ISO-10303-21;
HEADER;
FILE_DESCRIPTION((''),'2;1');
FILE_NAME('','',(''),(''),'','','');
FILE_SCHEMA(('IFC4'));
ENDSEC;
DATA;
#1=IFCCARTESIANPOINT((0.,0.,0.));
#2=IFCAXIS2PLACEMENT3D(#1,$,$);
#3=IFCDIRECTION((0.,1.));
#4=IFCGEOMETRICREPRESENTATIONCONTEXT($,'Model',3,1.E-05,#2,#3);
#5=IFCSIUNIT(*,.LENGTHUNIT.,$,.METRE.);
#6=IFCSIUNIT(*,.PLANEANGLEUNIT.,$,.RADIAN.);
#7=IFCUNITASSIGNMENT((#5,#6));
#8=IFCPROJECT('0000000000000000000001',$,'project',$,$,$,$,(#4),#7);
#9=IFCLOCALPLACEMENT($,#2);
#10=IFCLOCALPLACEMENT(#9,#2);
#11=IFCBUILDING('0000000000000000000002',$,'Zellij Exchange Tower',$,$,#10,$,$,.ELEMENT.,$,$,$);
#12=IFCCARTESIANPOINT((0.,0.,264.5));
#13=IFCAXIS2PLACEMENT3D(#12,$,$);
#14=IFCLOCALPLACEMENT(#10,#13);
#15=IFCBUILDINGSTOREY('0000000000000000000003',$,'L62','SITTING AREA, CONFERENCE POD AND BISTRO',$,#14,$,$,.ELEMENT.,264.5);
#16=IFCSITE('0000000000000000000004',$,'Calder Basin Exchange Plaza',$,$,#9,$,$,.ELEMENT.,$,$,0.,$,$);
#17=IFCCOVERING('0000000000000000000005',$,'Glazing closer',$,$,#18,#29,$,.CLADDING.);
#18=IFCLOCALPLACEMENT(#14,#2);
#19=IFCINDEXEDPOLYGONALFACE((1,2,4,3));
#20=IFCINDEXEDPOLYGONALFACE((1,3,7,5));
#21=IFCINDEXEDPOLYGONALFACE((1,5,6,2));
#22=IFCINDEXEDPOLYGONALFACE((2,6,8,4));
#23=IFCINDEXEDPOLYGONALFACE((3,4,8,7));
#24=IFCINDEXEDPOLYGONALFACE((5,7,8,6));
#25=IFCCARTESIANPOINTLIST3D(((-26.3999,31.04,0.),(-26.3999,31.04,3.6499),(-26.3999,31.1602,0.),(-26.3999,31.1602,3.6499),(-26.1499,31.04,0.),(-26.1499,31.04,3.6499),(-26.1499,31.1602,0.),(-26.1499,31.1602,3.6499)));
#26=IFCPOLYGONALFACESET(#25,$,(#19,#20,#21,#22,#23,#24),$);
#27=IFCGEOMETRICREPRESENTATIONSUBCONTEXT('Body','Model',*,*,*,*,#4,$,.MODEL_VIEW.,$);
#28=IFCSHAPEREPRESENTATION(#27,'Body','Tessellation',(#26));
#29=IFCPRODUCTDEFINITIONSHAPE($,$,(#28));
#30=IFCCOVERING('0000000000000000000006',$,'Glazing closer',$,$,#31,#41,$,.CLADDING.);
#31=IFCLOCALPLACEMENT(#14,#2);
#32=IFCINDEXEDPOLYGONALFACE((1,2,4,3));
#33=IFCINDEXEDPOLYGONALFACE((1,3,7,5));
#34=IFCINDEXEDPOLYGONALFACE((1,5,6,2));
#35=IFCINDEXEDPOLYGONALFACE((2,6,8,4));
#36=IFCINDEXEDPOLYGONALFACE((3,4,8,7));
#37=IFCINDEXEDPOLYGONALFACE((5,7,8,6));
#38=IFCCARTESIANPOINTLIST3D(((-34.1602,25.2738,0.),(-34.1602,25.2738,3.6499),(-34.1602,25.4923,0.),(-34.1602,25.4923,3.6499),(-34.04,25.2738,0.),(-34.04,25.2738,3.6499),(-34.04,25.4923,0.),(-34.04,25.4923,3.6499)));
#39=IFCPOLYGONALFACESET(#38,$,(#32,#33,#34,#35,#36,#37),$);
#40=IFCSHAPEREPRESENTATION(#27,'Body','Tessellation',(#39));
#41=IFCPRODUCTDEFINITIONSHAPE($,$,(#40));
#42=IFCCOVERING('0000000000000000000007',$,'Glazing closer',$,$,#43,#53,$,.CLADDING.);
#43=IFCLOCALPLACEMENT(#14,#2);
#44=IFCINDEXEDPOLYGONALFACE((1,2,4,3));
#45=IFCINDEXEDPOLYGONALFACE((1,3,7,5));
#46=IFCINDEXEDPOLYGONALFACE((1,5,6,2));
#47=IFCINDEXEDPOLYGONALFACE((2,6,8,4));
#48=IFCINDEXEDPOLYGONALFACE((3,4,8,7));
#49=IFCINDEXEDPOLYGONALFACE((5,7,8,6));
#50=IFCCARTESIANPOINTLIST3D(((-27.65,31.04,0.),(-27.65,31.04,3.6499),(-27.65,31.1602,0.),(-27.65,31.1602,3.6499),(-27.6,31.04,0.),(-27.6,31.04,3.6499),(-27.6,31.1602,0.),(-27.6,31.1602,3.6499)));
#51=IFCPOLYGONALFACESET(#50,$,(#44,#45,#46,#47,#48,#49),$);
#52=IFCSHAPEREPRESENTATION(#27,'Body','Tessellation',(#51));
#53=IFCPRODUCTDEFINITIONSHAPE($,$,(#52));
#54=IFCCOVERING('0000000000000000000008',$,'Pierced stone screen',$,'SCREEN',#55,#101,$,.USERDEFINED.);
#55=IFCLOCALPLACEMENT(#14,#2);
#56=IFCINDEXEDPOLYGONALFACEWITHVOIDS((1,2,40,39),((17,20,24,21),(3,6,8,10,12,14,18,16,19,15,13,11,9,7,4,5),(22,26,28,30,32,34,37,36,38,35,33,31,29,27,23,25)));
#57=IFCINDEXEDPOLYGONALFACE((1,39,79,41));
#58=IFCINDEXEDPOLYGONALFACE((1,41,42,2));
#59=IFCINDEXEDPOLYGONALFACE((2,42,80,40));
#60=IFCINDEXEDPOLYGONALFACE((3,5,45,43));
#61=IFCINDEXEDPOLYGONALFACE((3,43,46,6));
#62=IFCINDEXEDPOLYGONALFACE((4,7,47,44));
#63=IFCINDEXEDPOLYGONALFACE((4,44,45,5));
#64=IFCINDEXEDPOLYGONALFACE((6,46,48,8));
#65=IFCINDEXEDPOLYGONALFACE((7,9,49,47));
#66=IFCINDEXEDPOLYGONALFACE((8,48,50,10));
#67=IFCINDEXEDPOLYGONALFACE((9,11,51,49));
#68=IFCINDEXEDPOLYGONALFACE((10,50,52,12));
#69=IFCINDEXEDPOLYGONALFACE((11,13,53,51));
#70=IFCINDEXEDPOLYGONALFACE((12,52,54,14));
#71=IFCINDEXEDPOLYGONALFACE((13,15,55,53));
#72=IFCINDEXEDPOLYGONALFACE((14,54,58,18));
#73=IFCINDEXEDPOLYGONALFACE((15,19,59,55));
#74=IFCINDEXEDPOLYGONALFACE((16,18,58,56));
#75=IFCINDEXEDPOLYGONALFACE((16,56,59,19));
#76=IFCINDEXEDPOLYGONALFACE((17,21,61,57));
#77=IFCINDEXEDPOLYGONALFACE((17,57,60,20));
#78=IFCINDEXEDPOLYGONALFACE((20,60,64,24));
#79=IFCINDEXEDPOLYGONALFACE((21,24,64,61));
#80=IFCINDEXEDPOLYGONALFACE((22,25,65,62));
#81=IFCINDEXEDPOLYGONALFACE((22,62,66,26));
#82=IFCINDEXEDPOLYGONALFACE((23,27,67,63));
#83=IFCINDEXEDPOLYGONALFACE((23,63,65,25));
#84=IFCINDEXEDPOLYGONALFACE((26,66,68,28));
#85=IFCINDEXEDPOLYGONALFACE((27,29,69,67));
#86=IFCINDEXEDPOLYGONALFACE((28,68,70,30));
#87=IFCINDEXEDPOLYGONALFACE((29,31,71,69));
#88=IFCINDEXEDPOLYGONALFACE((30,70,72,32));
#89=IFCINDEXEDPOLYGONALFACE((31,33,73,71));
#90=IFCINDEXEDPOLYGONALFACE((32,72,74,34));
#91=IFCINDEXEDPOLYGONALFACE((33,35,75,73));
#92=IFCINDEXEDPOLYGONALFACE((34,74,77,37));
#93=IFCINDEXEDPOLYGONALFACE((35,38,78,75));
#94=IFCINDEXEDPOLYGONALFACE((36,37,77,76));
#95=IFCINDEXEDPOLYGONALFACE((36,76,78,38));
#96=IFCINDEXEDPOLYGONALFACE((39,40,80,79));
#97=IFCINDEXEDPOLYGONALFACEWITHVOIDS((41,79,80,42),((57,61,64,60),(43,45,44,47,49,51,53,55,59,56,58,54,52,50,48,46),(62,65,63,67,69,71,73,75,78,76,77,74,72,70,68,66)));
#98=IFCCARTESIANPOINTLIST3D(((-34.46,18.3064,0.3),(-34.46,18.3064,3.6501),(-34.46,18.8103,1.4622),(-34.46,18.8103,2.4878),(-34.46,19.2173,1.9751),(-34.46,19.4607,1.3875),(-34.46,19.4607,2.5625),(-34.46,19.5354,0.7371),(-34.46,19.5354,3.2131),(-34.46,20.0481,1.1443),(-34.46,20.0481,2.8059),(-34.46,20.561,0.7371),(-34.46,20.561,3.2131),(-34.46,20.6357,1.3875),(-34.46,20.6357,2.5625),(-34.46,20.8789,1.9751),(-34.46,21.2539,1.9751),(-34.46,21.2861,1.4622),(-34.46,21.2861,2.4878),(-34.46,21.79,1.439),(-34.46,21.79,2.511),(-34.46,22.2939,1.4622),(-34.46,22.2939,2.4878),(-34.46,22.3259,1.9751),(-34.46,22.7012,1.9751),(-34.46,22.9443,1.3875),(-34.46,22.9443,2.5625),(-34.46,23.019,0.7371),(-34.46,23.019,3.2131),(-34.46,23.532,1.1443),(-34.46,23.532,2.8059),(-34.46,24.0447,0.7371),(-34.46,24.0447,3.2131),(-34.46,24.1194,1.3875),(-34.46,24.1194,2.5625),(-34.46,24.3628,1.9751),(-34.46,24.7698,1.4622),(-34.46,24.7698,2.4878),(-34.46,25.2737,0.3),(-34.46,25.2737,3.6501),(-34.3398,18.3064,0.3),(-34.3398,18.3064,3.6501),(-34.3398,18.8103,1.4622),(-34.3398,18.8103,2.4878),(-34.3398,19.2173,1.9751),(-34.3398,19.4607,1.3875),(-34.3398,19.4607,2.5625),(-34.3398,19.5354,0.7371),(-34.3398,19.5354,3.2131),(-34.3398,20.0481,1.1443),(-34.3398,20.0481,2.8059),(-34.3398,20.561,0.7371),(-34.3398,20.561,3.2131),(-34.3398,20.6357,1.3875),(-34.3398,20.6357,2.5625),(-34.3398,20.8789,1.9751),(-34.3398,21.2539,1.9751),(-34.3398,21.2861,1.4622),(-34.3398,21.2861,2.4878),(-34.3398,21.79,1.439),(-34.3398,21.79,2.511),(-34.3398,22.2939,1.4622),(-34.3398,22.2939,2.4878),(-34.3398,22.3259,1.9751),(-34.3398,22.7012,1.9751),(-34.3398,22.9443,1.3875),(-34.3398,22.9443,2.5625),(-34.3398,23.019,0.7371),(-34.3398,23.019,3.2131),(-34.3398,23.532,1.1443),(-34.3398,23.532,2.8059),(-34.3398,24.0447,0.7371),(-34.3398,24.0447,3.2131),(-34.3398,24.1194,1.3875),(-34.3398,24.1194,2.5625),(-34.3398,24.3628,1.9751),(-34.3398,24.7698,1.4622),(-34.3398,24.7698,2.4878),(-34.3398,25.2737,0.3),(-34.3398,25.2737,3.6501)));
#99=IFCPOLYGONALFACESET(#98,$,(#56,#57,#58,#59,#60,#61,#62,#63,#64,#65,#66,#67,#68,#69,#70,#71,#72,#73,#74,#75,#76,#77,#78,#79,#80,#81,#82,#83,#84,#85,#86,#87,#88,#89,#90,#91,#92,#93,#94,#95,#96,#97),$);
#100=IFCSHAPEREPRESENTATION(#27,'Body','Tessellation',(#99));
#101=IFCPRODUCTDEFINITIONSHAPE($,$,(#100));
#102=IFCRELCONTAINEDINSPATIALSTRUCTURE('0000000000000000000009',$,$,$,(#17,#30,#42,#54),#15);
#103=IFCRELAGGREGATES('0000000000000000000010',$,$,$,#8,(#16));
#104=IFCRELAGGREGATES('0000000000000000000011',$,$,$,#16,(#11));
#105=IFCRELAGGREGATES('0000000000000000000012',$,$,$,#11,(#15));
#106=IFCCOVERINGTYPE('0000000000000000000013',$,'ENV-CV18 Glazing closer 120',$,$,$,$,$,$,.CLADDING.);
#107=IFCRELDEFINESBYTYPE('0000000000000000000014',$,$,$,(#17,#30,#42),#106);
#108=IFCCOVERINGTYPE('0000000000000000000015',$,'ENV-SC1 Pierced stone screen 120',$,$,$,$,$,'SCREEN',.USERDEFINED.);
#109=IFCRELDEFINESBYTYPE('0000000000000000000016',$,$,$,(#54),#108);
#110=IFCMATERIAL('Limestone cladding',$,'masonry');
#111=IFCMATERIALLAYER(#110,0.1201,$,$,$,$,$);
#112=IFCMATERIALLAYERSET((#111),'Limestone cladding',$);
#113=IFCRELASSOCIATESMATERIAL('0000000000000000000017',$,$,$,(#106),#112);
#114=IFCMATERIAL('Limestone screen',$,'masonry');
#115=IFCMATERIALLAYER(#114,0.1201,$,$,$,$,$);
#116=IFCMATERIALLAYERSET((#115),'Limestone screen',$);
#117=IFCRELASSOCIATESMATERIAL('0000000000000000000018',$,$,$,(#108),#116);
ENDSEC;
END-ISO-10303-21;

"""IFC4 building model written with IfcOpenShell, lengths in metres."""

from ifc_helpers import new_model, si_unit, direction, frame, origin, origin_2d, place, context, subcontext, project, spatial, polyline, rectangle, outline, extrude, material, layer, layer_set, type_object, element, save


model = new_model("IFC4")

# Units and contexts
model_context = context("Model", 3, precision=1e-05, world=origin(), true_north=direction((0.0, 1.0)))
body_context = subcontext(model_context, "Body", "Model", "MODEL_VIEW")
ifc_project = project(units=[si_unit("LENGTHUNIT", "METRE"), si_unit("PLANEANGLEUNIT", "RADIAN")], contexts=[model_context])

# Site, building, storey
site_placement = place(None, origin())
site = spatial("IfcSite", under=ifc_project, at=site_placement, Name="Calder Basin Exchange Plaza", CompositionType="ELEMENT", RefElevation=0.0)
building_placement = place(site_placement, origin())
building = spatial("IfcBuilding", under=site, at=building_placement, Name="Zellij Exchange Tower", CompositionType="ELEMENT")
storey_placement = place(building_placement, frame((0.0, 0.0, 264.5)))
storey = spatial("IfcBuildingStorey", under=building, at=storey_placement, Name="L62", Description="SITTING AREA, CONFERENCE POD AND BISTRO", CompositionType="ELEMENT", Elevation=264.5)

# Coverings
ifc_material_1 = material(Name="Limestone cladding", Category="masonry")
ifc_layer_1 = layer(ifc_material_1, 0.1201)
ifc_layer_set_1 = layer_set([ifc_layer_1], Name="Limestone cladding")
covering_type_1 = type_object("IfcCoveringType", Name="ENV-CV18 Glazing closer 120", PredefinedType="CLADDING", material=ifc_layer_set_1)
covering_1_placement = place(storey_placement, frame((-26.2749, 31.1001, 0.0), z_axis=(0.0, 0.0, 1.0), x_axis=(-1.0, 0.0, 0.0)))
element("IfcCovering", 1, at=covering_1_placement, inside=storey, type_object=covering_type_1, Name="Glazing closer", PredefinedType="CLADDING", context=body_context, shape_type="SweptSolid", body=[
    extrude(rectangle(XDim=0.25, YDim=0.1201, at=origin_2d()), origin(), (0.0, 0.0, 1.0), 3.6499),
])
covering_2_placement = place(storey_placement, frame((-34.1001, 25.3831, 0.0), z_axis=(0.0, 0.0, 1.0), x_axis=(0.0, 1.0, 0.0)))
element("IfcCovering", 2, at=covering_2_placement, inside=storey, type_object=covering_type_1, Name="Glazing closer", PredefinedType="CLADDING", context=body_context, shape_type="SweptSolid", body=[
    extrude(rectangle(XDim=0.2185, YDim=0.1201, at=origin_2d()), origin(), (0.0, 0.0, 1.0), 3.6499),
])
covering_3_placement = place(storey_placement, frame((-27.625, 31.1001, 0.0), z_axis=(0.0, 0.0, 1.0), x_axis=(1.0, 0.0, 0.0)))
element("IfcCovering", 3, at=covering_3_placement, inside=storey, type_object=covering_type_1, Name="Glazing closer", PredefinedType="CLADDING", context=body_context, shape_type="SweptSolid", body=[
    extrude(rectangle(XDim=0.05, YDim=0.1201, at=origin_2d()), origin(), (0.0, 0.0, 1.0), 3.6499),
])
ifc_material_2 = material(Name="Limestone screen", Category="masonry")
ifc_layer_2 = layer(ifc_material_2, 0.1201)
ifc_layer_set_2 = layer_set([ifc_layer_2], Name="Limestone screen")
covering_type_2 = type_object("IfcCoveringType", Name="ENV-SC1 Pierced stone screen 120", ElementType="SCREEN", PredefinedType="USERDEFINED", material=ifc_layer_set_2)
covering_4_placement = place(storey_placement, frame((-34.3999, 25.2737, 0.3), z_axis=(0.0, 0.0, 1.0), x_axis=(0.0, -1.0, 0.0)))
element("IfcCovering", 4, at=covering_4_placement, inside=storey, type_object=covering_type_2, Name="Pierced stone screen", ObjectType="SCREEN", PredefinedType="USERDEFINED", context=body_context, shape_type="SweptSolid", body=[
    extrude(outline(polyline([(0.0, 0.0), (6.9673, 0.0), (6.9673, 3.3501), (0.0, 3.3501), (0.0, 0.0)]), holes=[polyline([(2.9797, 2.1877), (2.3293, 2.2625), (2.2546, 2.9131), (1.7417, 2.5059), (1.229, 2.9131), (1.1543, 2.2625), (0.5039, 2.1877), (0.9109, 1.675), (0.5039, 1.1621), (1.1543, 1.0874), (1.229, 0.437), (1.7417, 0.8442), (2.2546, 0.437), (2.3293, 1.0874), (2.9797, 1.1621), (2.5725, 1.675), (2.9797, 2.1877)]), polyline([(6.4634, 2.1877), (5.813, 2.2625), (5.7383, 2.9131), (5.2256, 2.5059), (4.7126, 2.9131), (4.6379, 2.2625), (3.9875, 2.1877), (4.3948, 1.675), (3.9875, 1.1621), (4.6379, 1.0874), (4.7126, 0.437), (5.2256, 0.8442), (5.7383, 0.437), (5.813, 1.0874), (6.4634, 1.1621), (6.0564, 1.675), (6.4634, 2.1877)]), polyline([(4.0198, 1.675), (3.4836, 2.2109), (2.9478, 1.675), (3.4836, 1.1389), (4.0198, 1.675)])]), frame((0.0, 0.0601, 0.0), z_axis=(0.0, -1.0, 0.0), x_axis=(1.0, 0.0, 0.0)), (0.0, 0.0, 1.0), 0.1201),
])

save(model, "model.ifc")
